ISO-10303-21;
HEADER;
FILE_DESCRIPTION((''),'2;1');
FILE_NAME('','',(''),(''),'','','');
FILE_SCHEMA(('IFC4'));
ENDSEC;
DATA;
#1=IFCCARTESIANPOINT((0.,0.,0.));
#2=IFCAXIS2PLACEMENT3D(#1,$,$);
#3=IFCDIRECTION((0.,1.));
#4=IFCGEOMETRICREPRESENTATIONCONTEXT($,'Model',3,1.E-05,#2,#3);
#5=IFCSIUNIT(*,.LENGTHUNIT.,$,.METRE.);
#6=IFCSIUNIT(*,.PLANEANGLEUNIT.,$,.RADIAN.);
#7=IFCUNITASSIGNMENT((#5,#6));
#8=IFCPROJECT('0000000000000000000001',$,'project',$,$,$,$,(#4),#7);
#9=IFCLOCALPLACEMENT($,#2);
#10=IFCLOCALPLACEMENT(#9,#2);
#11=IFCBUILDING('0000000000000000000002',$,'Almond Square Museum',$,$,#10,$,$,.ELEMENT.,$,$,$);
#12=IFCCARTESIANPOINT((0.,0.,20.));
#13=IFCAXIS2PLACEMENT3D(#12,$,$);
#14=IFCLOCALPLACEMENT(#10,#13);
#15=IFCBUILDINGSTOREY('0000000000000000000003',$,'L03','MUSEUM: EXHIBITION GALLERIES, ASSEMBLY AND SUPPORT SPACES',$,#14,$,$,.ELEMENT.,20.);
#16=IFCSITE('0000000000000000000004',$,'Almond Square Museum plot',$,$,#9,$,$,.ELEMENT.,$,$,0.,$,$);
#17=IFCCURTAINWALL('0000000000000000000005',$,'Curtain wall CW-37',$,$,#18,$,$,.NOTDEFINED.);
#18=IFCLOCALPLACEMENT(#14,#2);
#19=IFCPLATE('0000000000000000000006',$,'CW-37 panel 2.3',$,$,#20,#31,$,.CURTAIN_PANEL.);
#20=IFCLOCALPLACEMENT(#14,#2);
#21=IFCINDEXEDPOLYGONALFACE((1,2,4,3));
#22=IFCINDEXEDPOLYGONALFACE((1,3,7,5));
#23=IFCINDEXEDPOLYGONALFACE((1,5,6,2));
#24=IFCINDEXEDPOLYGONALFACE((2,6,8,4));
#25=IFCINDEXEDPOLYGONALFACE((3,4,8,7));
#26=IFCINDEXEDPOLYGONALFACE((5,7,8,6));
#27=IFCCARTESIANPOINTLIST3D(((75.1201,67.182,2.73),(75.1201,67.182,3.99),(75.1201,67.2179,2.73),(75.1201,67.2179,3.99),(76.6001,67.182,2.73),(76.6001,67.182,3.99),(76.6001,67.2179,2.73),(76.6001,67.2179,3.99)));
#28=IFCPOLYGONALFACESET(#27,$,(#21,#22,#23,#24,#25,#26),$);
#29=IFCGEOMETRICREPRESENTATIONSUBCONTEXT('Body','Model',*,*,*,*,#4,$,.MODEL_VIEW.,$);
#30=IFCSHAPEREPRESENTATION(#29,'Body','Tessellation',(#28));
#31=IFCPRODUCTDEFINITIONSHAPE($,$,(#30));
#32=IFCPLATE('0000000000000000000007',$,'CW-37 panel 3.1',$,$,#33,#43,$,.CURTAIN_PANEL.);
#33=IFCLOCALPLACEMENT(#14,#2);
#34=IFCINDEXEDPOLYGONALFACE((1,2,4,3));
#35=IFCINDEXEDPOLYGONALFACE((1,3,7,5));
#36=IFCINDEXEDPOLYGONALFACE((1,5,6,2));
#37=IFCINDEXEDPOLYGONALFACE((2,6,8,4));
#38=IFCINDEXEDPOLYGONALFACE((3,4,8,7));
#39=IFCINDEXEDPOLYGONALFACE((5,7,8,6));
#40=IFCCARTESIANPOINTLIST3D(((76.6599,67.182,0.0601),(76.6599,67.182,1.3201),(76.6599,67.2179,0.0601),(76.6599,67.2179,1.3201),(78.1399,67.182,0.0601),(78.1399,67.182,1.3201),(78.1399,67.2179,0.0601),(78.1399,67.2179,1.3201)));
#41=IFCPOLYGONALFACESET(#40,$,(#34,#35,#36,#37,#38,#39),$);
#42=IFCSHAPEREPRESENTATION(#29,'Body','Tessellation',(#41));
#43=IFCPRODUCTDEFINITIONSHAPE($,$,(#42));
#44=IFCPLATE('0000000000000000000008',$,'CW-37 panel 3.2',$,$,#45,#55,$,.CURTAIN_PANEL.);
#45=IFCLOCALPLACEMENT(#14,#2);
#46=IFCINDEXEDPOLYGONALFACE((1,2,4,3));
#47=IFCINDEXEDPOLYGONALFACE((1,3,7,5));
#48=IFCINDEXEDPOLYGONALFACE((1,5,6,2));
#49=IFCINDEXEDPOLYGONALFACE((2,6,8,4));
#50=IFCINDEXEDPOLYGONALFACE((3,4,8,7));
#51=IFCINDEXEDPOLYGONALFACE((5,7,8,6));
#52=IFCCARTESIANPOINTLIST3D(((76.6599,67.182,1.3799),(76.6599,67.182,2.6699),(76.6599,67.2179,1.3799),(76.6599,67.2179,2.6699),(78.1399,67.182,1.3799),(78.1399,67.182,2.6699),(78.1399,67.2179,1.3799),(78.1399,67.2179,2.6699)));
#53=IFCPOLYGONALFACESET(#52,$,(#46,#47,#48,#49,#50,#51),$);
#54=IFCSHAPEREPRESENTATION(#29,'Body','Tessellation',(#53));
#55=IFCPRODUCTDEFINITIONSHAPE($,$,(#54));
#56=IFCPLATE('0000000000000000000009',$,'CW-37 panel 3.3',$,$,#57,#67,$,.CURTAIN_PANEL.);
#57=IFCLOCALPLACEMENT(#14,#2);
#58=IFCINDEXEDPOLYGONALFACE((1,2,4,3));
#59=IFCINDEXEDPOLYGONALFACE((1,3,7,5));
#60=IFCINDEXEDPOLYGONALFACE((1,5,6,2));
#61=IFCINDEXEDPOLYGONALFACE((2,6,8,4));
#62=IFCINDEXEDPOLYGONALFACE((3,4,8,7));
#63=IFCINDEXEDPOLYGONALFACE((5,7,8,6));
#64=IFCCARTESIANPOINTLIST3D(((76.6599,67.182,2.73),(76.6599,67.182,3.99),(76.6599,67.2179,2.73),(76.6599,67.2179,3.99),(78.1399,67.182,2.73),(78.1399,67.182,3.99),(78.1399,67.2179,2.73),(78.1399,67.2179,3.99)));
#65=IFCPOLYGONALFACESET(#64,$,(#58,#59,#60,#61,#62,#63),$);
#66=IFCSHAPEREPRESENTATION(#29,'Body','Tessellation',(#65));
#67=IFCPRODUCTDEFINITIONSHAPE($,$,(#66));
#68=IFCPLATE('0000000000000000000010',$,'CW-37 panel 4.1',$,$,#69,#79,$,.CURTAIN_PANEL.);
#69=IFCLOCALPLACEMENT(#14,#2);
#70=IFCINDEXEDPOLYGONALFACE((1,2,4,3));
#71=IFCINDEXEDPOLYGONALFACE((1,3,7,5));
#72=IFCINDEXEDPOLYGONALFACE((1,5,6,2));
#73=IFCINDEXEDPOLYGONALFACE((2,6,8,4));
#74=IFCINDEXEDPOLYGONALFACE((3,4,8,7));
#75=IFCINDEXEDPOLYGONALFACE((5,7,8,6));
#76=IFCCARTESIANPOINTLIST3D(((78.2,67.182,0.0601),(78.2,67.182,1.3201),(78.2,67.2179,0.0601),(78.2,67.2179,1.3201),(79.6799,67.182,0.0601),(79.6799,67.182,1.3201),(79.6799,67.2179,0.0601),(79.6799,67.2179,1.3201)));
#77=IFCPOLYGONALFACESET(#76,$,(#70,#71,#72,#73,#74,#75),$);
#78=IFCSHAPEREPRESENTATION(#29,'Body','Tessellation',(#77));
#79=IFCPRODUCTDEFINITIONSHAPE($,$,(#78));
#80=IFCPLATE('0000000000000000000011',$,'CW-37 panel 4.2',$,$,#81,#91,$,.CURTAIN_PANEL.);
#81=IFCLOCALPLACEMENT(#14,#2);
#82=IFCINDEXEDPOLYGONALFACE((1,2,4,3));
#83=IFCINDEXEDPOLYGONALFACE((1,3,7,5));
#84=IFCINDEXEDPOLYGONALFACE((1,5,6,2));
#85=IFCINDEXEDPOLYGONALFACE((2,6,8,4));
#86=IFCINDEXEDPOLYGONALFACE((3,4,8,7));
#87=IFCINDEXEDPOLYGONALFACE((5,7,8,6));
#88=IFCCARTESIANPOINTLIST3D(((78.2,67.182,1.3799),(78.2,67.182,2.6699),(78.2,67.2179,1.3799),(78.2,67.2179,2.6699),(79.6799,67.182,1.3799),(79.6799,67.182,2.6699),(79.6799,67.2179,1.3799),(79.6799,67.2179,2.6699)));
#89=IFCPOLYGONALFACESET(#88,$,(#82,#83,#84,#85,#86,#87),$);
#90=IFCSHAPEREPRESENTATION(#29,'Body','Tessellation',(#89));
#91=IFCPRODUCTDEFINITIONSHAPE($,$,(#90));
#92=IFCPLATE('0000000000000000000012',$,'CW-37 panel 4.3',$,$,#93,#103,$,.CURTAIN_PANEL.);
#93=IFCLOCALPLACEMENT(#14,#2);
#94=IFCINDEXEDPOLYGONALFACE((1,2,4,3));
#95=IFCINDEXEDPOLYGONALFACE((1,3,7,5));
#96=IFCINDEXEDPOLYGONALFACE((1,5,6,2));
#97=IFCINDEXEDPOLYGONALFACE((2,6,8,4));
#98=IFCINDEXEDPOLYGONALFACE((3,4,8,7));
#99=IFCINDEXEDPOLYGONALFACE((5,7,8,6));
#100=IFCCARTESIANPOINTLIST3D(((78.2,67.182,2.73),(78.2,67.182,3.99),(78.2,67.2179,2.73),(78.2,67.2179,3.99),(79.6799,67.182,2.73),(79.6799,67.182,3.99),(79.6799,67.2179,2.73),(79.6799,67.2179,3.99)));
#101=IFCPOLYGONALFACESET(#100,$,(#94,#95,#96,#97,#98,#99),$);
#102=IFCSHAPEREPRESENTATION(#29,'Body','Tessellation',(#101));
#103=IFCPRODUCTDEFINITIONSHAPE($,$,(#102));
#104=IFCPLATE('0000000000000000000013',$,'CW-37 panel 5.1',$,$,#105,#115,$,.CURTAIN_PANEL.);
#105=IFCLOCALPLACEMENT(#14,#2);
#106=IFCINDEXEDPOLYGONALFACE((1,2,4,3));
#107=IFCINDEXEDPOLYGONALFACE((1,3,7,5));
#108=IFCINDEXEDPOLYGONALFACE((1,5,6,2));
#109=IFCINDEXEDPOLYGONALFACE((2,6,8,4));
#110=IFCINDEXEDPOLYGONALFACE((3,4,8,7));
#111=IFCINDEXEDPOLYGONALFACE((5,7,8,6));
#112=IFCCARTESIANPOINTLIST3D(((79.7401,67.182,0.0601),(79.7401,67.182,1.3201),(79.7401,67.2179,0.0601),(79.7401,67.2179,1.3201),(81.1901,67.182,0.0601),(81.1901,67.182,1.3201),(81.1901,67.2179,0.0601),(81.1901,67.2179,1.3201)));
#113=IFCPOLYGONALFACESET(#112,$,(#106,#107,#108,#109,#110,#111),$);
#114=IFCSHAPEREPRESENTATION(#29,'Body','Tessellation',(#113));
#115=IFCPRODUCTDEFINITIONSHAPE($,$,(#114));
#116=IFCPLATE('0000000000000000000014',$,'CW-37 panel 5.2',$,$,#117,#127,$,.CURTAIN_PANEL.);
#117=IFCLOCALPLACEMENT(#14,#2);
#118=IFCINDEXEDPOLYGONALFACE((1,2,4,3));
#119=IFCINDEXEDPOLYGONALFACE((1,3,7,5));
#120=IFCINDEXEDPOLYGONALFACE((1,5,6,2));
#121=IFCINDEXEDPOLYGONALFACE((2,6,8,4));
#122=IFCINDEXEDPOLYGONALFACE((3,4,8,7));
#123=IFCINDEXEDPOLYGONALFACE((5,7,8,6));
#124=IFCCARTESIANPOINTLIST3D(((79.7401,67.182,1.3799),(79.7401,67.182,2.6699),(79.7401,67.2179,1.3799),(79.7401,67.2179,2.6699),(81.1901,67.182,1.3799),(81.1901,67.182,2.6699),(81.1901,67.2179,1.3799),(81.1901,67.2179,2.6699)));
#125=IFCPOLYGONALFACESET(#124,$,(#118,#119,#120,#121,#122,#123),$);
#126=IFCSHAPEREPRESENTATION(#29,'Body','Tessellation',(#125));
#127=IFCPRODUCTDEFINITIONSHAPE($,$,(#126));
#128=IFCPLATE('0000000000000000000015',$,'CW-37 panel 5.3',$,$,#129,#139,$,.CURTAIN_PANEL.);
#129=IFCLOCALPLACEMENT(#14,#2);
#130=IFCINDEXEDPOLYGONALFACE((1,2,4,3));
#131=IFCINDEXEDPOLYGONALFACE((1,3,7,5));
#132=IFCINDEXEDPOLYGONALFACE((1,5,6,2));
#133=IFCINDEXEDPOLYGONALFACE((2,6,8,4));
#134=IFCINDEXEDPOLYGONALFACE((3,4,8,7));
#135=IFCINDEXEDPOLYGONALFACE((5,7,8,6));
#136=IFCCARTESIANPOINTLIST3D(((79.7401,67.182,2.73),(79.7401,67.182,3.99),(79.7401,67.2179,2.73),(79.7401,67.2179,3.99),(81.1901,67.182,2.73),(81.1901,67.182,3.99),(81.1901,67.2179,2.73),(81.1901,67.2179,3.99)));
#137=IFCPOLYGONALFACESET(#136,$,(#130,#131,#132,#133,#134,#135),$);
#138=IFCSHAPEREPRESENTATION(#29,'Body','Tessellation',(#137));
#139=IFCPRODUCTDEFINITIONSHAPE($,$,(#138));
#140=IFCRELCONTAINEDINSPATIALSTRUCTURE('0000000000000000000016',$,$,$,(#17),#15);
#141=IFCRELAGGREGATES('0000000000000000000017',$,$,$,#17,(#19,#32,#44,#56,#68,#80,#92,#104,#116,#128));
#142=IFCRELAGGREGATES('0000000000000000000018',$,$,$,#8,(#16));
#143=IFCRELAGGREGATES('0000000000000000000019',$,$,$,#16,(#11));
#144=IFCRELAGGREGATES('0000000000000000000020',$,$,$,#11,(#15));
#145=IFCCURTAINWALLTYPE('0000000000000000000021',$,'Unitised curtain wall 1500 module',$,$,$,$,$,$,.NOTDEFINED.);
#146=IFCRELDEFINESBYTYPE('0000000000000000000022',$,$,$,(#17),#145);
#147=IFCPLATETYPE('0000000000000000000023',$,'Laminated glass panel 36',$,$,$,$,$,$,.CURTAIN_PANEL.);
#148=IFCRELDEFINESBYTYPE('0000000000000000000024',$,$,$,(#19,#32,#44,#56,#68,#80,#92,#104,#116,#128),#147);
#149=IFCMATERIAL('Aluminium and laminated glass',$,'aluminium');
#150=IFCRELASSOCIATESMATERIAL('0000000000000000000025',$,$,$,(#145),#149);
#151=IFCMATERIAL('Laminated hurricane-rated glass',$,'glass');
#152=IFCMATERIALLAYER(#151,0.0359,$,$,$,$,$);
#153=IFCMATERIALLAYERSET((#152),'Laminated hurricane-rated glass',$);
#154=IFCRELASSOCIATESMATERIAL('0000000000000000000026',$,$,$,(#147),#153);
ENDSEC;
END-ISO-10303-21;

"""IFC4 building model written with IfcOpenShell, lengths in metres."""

from ifc_helpers import new_model, si_unit, direction, frame, origin, origin_2d, place, context, subcontext, project, spatial, rectangle, extrude, material, layer, layer_set, type_object, element, aggregate, save


model = new_model("IFC4")

# Units and contexts
model_context = context("Model", 3, precision=1e-05, world=origin(), true_north=direction((0.0, 1.0)))
body_context = subcontext(model_context, "Body", "Model", "MODEL_VIEW")
ifc_project = project(units=[si_unit("LENGTHUNIT", "METRE"), si_unit("PLANEANGLEUNIT", "RADIAN")], contexts=[model_context])

# Site, building, storey
site_placement = place(None, origin())
site = spatial("IfcSite", under=ifc_project, at=site_placement, Name="Almond Square Museum plot", CompositionType="ELEMENT", RefElevation=0.0)
building_placement = place(site_placement, origin())
building = spatial("IfcBuilding", under=site, at=building_placement, Name="Almond Square Museum", CompositionType="ELEMENT")
storey_placement = place(building_placement, frame((0.0, 0.0, 20.0)))
storey = spatial("IfcBuildingStorey", under=building, at=storey_placement, Name="L03", Description="MUSEUM: EXHIBITION GALLERIES, ASSEMBLY AND SUPPORT SPACES", CompositionType="ELEMENT", Elevation=20.0)

# Curtain wall, plates
ifc_material_1 = material(Name="Aluminium and laminated glass", Category="aluminium")
curtain_wall_type = type_object("IfcCurtainWallType", Name="Unitised curtain wall 1500 module", PredefinedType="NOTDEFINED", material=ifc_material_1)
curtain_wall_placement = place(storey_placement, origin())
curtain_wall = element("IfcCurtainWall", 1, at=curtain_wall_placement, inside=storey, type_object=curtain_wall_type, Name="Curtain wall CW-37", PredefinedType="NOTDEFINED")
ifc_material_2 = material(Name="Laminated hurricane-rated glass", Category="glass")
ifc_layer = layer(ifc_material_2, 0.0359)
ifc_layer_set = layer_set([ifc_layer], Name="Laminated hurricane-rated glass")
plate_type = type_object("IfcPlateType", Name="Laminated glass panel 36", PredefinedType="CURTAIN_PANEL", material=ifc_layer_set)
plate_1_placement = place(storey_placement, frame((75.8601, 67.2, 2.73), z_axis=(0.0, 0.0, 1.0), x_axis=(1.0, 0.0, 0.0)))
plate_1 = element("IfcPlate", 2, at=plate_1_placement, type_object=plate_type, Name="CW-37 panel 2.3", PredefinedType="CURTAIN_PANEL", context=body_context, shape_type="SweptSolid", body=[
    extrude(rectangle(XDim=1.48, YDim=0.0359, at=origin_2d()), origin(), (0.0, 0.0, 1.0), 1.26),
])
plate_2_placement = place(storey_placement, frame((77.3999, 67.2, 0.0601), z_axis=(0.0, 0.0, 1.0), x_axis=(1.0, 0.0, 0.0)))
plate_2 = element("IfcPlate", 3, at=plate_2_placement, type_object=plate_type, Name="CW-37 panel 3.1", PredefinedType="CURTAIN_PANEL", context=body_context, shape_type="SweptSolid", body=[
    extrude(rectangle(XDim=1.48, YDim=0.0359, at=origin_2d()), origin(), (0.0, 0.0, 1.0), 1.26),
])
plate_3_placement = place(storey_placement, frame((77.3999, 67.2, 1.3799), z_axis=(0.0, 0.0, 1.0), x_axis=(1.0, 0.0, 0.0)))
plate_3 = element("IfcPlate", 4, at=plate_3_placement, type_object=plate_type, Name="CW-37 panel 3.2", PredefinedType="CURTAIN_PANEL", context=body_context, shape_type="SweptSolid", body=[
    extrude(rectangle(XDim=1.48, YDim=0.0359, at=origin_2d()), origin(), (0.0, 0.0, 1.0), 1.29),
])
plate_4_placement = place(storey_placement, frame((77.3999, 67.2, 2.73), z_axis=(0.0, 0.0, 1.0), x_axis=(1.0, 0.0, 0.0)))
plate_4 = element("IfcPlate", 5, at=plate_4_placement, type_object=plate_type, Name="CW-37 panel 3.3", PredefinedType="CURTAIN_PANEL", context=body_context, shape_type="SweptSolid", body=[
    extrude(rectangle(XDim=1.48, YDim=0.0359, at=origin_2d()), origin(), (0.0, 0.0, 1.0), 1.26),
])
plate_5_placement = place(storey_placement, frame((78.9399, 67.2, 0.0601), z_axis=(0.0, 0.0, 1.0), x_axis=(1.0, 0.0, 0.0)))
plate_5 = element("IfcPlate", 6, at=plate_5_placement, type_object=plate_type, Name="CW-37 panel 4.1", PredefinedType="CURTAIN_PANEL", context=body_context, shape_type="SweptSolid", body=[
    extrude(rectangle(XDim=1.48, YDim=0.0359, at=origin_2d()), origin(), (0.0, 0.0, 1.0), 1.26),
])
plate_6_placement = place(storey_placement, frame((78.9399, 67.2, 1.3799), z_axis=(0.0, 0.0, 1.0), x_axis=(1.0, 0.0, 0.0)))
plate_6 = element("IfcPlate", 7, at=plate_6_placement, type_object=plate_type, Name="CW-37 panel 4.2", PredefinedType="CURTAIN_PANEL", context=body_context, shape_type="SweptSolid", body=[
    extrude(rectangle(XDim=1.48, YDim=0.0359, at=origin_2d()), origin(), (0.0, 0.0, 1.0), 1.29),
])
plate_7_placement = place(storey_placement, frame((78.9399, 67.2, 2.73), z_axis=(0.0, 0.0, 1.0), x_axis=(1.0, 0.0, 0.0)))
plate_7 = element("IfcPlate", 8, at=plate_7_placement, type_object=plate_type, Name="CW-37 panel 4.3", PredefinedType="CURTAIN_PANEL", context=body_context, shape_type="SweptSolid", body=[
    extrude(rectangle(XDim=1.48, YDim=0.0359, at=origin_2d()), origin(), (0.0, 0.0, 1.0), 1.26),
])
plate_8_placement = place(storey_placement, frame((80.4651, 67.2, 0.0601), z_axis=(0.0, 0.0, 1.0), x_axis=(1.0, 0.0, 0.0)))
plate_8 = element("IfcPlate", 9, at=plate_8_placement, type_object=plate_type, Name="CW-37 panel 5.1", PredefinedType="CURTAIN_PANEL", context=body_context, shape_type="SweptSolid", body=[
    extrude(rectangle(XDim=1.45, YDim=0.0359, at=origin_2d()), origin(), (0.0, 0.0, 1.0), 1.26),
])
plate_9_placement = place(storey_placement, frame((80.4651, 67.2, 1.3799), z_axis=(0.0, 0.0, 1.0), x_axis=(1.0, 0.0, 0.0)))
plate_9 = element("IfcPlate", 10, at=plate_9_placement, type_object=plate_type, Name="CW-37 panel 5.2", PredefinedType="CURTAIN_PANEL", context=body_context, shape_type="SweptSolid", body=[
    extrude(rectangle(XDim=1.45, YDim=0.0359, at=origin_2d()), origin(), (0.0, 0.0, 1.0), 1.29),
])
plate_10_placement = place(storey_placement, frame((80.4651, 67.2, 2.73), z_axis=(0.0, 0.0, 1.0), x_axis=(1.0, 0.0, 0.0)))
plate_10 = element("IfcPlate", 11, at=plate_10_placement, type_object=plate_type, Name="CW-37 panel 5.3", PredefinedType="CURTAIN_PANEL", context=body_context, shape_type="SweptSolid", body=[
    extrude(rectangle(XDim=1.45, YDim=0.0359, at=origin_2d()), origin(), (0.0, 0.0, 1.0), 1.26),
])
aggregate(curtain_wall, [plate_1, plate_2, plate_3, plate_4, plate_5, plate_6, plate_7, plate_8, plate_9, plate_10])

save(model, "model.ifc")
